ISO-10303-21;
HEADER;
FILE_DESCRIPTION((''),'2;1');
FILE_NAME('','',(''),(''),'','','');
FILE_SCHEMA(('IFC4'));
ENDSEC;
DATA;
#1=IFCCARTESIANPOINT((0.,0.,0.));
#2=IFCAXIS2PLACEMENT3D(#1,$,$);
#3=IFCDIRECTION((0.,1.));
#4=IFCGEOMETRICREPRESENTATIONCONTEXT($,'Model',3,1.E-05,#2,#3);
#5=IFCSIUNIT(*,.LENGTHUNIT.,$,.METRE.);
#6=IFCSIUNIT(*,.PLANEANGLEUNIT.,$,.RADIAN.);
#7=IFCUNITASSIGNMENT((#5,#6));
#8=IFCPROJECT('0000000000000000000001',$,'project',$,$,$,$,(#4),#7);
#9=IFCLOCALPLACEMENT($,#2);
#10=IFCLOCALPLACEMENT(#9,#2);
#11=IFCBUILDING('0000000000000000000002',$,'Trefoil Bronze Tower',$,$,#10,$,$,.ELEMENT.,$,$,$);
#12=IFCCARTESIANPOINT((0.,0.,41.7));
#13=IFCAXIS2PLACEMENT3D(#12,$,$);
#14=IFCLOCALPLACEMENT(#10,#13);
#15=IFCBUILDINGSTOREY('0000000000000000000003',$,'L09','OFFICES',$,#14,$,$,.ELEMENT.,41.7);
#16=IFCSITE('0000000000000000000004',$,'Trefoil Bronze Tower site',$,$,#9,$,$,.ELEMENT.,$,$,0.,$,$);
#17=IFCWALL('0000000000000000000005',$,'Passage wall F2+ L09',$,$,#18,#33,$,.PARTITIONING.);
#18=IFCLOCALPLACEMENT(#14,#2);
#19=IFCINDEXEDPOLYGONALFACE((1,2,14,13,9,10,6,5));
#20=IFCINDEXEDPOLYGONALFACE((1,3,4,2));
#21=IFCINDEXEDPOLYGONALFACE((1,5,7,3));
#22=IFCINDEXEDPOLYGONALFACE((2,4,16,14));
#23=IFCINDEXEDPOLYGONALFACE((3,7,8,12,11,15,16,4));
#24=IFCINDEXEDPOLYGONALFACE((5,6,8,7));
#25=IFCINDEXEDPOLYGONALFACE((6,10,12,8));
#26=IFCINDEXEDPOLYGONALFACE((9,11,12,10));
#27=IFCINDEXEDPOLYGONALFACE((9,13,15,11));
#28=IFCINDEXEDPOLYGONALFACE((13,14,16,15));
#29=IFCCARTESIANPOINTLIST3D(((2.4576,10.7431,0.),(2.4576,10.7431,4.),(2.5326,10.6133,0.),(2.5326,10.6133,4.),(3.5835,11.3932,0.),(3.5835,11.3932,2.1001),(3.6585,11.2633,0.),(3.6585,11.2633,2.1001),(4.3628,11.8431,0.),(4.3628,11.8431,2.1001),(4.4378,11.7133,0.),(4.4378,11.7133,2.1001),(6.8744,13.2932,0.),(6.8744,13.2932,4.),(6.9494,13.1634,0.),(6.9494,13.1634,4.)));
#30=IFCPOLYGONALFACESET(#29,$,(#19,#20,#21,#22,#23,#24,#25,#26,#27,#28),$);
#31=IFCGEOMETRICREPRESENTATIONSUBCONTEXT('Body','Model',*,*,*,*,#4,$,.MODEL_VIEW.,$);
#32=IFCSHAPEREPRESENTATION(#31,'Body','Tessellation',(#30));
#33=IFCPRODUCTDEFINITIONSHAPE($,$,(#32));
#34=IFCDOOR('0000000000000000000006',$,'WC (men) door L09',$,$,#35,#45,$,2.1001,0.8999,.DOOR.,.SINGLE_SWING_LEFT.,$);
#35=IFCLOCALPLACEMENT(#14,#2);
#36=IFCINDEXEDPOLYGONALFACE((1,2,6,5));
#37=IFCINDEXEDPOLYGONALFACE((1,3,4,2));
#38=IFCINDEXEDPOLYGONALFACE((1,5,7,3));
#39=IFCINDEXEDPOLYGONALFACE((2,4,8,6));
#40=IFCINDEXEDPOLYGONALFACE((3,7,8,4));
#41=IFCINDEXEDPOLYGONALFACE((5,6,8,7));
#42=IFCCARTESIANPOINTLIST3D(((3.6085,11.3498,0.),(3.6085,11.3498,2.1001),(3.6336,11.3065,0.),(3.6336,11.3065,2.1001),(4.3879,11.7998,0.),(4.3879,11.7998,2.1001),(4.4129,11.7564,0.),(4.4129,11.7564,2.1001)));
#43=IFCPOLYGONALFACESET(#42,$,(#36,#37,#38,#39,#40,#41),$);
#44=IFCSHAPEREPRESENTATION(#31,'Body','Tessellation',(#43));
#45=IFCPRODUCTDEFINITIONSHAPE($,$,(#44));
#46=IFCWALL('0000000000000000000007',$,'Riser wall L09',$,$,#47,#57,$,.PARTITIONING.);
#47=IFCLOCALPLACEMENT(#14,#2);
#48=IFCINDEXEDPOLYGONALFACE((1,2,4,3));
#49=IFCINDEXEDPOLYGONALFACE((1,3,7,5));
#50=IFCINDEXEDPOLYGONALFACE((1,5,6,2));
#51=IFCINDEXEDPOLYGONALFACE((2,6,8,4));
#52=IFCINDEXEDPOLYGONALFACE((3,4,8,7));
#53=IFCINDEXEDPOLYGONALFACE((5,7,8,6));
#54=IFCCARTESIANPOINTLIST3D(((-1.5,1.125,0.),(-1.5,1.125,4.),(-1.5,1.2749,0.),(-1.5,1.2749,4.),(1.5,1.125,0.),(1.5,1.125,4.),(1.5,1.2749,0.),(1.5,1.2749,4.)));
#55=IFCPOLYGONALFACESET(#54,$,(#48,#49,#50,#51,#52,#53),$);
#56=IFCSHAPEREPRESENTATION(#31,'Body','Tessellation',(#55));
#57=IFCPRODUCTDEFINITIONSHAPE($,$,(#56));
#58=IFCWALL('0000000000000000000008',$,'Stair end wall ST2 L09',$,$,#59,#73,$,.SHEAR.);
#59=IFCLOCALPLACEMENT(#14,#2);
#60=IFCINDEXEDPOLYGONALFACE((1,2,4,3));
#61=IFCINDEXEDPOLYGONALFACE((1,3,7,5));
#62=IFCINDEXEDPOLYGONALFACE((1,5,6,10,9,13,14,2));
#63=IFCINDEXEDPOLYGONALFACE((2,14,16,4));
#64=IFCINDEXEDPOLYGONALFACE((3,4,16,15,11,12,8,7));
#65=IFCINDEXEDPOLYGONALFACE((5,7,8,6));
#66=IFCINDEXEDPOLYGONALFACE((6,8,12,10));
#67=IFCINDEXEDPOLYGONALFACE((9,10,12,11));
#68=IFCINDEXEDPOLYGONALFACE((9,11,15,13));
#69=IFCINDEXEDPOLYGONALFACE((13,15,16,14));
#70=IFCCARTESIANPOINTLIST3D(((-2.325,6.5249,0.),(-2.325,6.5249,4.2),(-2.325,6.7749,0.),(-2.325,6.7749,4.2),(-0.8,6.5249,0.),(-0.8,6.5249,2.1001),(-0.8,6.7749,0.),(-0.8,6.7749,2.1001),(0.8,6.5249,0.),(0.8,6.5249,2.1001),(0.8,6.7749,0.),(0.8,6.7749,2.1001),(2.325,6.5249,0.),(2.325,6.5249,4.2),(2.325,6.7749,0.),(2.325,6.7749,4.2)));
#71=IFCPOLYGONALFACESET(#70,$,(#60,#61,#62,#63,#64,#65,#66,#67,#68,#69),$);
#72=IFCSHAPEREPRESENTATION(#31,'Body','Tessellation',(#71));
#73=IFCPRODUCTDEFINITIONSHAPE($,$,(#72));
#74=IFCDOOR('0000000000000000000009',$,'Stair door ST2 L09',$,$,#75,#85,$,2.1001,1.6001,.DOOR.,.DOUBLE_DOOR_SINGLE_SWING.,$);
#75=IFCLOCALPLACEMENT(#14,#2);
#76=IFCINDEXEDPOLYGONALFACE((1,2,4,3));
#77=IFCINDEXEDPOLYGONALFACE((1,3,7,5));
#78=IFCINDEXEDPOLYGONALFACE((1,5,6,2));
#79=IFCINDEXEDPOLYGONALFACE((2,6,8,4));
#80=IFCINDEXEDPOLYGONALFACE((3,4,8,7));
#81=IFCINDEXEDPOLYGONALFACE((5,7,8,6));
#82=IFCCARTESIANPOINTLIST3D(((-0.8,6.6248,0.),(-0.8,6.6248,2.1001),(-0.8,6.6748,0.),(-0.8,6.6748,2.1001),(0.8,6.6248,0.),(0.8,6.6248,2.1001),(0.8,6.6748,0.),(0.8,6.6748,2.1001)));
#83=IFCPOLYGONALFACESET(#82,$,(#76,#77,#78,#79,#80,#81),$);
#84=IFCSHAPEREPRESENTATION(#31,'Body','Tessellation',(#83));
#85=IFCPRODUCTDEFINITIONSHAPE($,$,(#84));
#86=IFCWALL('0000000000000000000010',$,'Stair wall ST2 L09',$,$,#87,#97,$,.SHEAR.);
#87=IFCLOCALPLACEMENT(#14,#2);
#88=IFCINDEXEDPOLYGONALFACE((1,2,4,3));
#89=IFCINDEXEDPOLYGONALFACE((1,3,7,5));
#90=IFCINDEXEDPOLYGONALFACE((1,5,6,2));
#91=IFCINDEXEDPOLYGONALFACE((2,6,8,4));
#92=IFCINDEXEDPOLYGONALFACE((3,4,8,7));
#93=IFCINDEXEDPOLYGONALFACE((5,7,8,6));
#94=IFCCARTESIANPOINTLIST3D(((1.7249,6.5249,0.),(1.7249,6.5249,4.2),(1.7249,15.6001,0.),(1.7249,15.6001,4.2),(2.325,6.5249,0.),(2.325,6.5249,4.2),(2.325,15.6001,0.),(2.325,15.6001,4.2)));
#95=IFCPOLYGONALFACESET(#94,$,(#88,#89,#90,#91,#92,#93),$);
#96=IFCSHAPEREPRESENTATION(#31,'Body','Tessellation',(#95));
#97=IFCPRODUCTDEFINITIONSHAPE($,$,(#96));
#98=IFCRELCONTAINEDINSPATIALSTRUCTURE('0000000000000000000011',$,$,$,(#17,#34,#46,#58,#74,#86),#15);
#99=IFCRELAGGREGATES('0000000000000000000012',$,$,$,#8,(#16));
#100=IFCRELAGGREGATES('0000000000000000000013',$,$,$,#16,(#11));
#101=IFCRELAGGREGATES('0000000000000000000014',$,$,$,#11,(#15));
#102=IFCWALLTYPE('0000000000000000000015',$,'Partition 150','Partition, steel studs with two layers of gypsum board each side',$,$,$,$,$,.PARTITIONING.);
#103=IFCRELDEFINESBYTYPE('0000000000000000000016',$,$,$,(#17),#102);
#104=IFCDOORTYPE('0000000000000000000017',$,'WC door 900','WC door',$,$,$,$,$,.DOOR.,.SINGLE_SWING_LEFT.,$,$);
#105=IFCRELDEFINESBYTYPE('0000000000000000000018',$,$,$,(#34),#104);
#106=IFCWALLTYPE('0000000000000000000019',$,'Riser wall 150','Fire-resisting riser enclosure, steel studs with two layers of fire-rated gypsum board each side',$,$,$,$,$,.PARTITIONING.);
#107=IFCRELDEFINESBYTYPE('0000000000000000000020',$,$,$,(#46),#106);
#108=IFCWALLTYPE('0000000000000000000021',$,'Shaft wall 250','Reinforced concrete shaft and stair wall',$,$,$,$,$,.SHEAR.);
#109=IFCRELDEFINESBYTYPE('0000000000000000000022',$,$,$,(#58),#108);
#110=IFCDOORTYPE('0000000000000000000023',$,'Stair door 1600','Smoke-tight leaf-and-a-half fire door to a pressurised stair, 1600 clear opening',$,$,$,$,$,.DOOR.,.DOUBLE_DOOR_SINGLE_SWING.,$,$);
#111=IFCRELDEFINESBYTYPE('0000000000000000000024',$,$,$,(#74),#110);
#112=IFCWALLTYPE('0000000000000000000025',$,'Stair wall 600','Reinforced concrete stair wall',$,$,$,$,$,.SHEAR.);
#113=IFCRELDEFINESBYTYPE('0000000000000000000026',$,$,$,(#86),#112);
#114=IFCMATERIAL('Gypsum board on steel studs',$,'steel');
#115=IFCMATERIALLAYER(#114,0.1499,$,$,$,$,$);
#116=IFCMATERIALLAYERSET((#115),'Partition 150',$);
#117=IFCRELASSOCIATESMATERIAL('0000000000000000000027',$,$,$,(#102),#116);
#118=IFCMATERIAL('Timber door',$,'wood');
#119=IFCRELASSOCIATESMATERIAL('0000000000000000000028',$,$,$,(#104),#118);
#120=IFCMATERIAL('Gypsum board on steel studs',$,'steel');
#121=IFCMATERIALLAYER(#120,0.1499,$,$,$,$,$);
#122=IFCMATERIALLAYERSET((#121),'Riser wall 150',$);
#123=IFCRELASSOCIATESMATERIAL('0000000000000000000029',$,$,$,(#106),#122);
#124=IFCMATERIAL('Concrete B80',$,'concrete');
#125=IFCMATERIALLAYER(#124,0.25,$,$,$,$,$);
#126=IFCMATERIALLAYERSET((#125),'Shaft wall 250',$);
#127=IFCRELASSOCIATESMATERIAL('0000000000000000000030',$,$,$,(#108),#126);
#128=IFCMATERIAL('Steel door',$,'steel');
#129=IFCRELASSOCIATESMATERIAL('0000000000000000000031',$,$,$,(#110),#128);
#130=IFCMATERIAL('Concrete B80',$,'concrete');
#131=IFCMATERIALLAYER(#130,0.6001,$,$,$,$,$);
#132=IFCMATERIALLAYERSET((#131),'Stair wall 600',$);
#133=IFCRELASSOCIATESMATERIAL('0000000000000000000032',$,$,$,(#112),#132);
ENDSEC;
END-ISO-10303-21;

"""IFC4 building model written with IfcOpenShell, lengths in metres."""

from ifc_helpers import new_model, si_unit, direction, frame, frame_2d, origin, place, context, subcontext, project, spatial, rectangle, extrude, material, layer, layer_set, type_object, element, fill, save


model = new_model("IFC4")

# Units and contexts
model_context = context("Model", 3, precision=1e-05, world=origin(), true_north=direction((0.0, 1.0)))
body_context = subcontext(model_context, "Body", "Model", "MODEL_VIEW")
ifc_project = project(units=[si_unit("LENGTHUNIT", "METRE"), si_unit("PLANEANGLEUNIT", "RADIAN")], contexts=[model_context])

# Site, building, storey
site_placement = place(None, origin())
site = spatial("IfcSite", under=ifc_project, at=site_placement, Name="Trefoil Bronze Tower site", CompositionType="ELEMENT", RefElevation=0.0)
building_placement = place(site_placement, origin())
building = spatial("IfcBuilding", under=site, at=building_placement, Name="Trefoil Bronze Tower", CompositionType="ELEMENT")
storey_placement = place(building_placement, frame((0.0, 0.0, 41.7)))
storey = spatial("IfcBuildingStorey", under=building, at=storey_placement, Name="L09", Description="OFFICES", CompositionType="ELEMENT", Elevation=41.7)

# Wall, opening, door
ifc_material_1 = material(Name="Gypsum board on steel studs", Category="steel")
ifc_layer_1 = layer(ifc_material_1, 0.1499)
ifc_layer_set_1 = layer_set([ifc_layer_1], Name="Partition 150")
wall_type_1 = type_object("IfcWallType", Name="Partition 150", Description="Partition, steel studs with two layers of gypsum board each side", PredefinedType="PARTITIONING", material=ifc_layer_set_1)
wall_1_placement = place(storey_placement, frame((2.4951, 10.6782, 0.0), z_axis=(0.0, 0.0, 1.0), x_axis=(0.866022, 0.500006, 0.0)))
wall_1 = element("IfcWall", 1, at=wall_1_placement, inside=storey, type_object=wall_type_1, Name="Passage wall F2+ L09", PredefinedType="PARTITIONING", context=body_context, shape_type="SweptSolid", body=[
    extrude(rectangle(XDim=5.1001, YDim=0.1499, at=frame_2d((2.55, 0.0))), origin(), (0.0, 0.0, 1.0), 4.0),
])
opening_1_placement = place(wall_1_placement, frame((1.3, 0.0, 0.0)))
opening_1 = element("IfcOpeningElement", 2, at=opening_1_placement, cuts=wall_1, PredefinedType="OPENING", context=body_context, shape_type="SweptSolid", body=[
    extrude(rectangle(XDim=0.8999, YDim=2.1001, at=frame_2d((0.45, 1.05))), frame((0.0, 0.085, 0.0), z_axis=(0.0, -1.0, 0.0), x_axis=(1.0, 0.0, 0.0)), (0.0, 0.0, 1.0), 0.1699),
])
ifc_material_2 = material(Name="Timber door", Category="wood")
door_type_1 = type_object("IfcDoorType", Name="WC door 900", Description="WC door", OperationType="SINGLE_SWING_LEFT", PredefinedType="DOOR", material=ifc_material_2)
door_1_placement = place(opening_1_placement, origin())
door_1 = element("IfcDoor", 3, at=door_1_placement, inside=storey, type_object=door_type_1, Name="WC (men) door L09", OperationType="SINGLE_SWING_LEFT", OverallHeight=2.1001, OverallWidth=0.8999, PredefinedType="DOOR", context=body_context, shape_type="SweptSolid", body=[
    extrude(rectangle(XDim=0.8999, YDim=2.1001, at=frame_2d((0.45, 1.05))), frame((0.0, 0.0249, 0.0), z_axis=(0.0, -1.0, 0.0), x_axis=(1.0, 0.0, 0.0)), (0.0, 0.0, 1.0), 0.05),
])
fill(opening_1, door_1)

# Wall
ifc_material_3 = material(Name="Gypsum board on steel studs", Category="steel")
ifc_layer_2 = layer(ifc_material_3, 0.1499)
ifc_layer_set_2 = layer_set([ifc_layer_2], Name="Riser wall 150")
wall_type_2 = type_object("IfcWallType", Name="Riser wall 150", Description="Fire-resisting riser enclosure, steel studs with two layers of fire-rated gypsum board each side", PredefinedType="PARTITIONING", material=ifc_layer_set_2)
wall_2_placement = place(storey_placement, frame((1.5, 1.2, 0.0), z_axis=(0.0, 0.0, 1.0), x_axis=(-1.0, 0.0, 0.0)))
element("IfcWall", 4, at=wall_2_placement, inside=storey, type_object=wall_type_2, Name="Riser wall L09", PredefinedType="PARTITIONING", context=body_context, shape_type="SweptSolid", body=[
    extrude(rectangle(XDim=3.0, YDim=0.1499, at=frame_2d((1.5, 0.0))), origin(), (0.0, 0.0, 1.0), 4.0),
])

# Wall, opening, door
ifc_material_4 = material(Name="Concrete B80", Category="concrete")
ifc_layer_3 = layer(ifc_material_4, 0.25)
ifc_layer_set_3 = layer_set([ifc_layer_3], Name="Shaft wall 250")
wall_type_3 = type_object("IfcWallType", Name="Shaft wall 250", Description="Reinforced concrete shaft and stair wall", PredefinedType="SHEAR", material=ifc_layer_set_3)
wall_3_placement = place(storey_placement, frame((2.325, 6.6499, 0.0), z_axis=(0.0, 0.0, 1.0), x_axis=(-1.0, 0.0, 0.0)))
wall_3 = element("IfcWall", 5, at=wall_3_placement, inside=storey, type_object=wall_type_3, Name="Stair end wall ST2 L09", PredefinedType="SHEAR", context=body_context, shape_type="SweptSolid", body=[
    extrude(rectangle(XDim=4.6499, YDim=0.25, at=frame_2d((2.325, 0.0))), origin(), (0.0, 0.0, 1.0), 4.2),
])
opening_2_placement = place(wall_3_placement, frame((1.5249, 0.0, 0.0)))
opening_2 = element("IfcOpeningElement", 6, at=opening_2_placement, cuts=wall_3, PredefinedType="OPENING", context=body_context, shape_type="SweptSolid", body=[
    extrude(rectangle(XDim=1.6001, YDim=2.1001, at=frame_2d((0.8, 1.05))), frame((0.0, 0.135, 0.0), z_axis=(0.0, -1.0, 0.0), x_axis=(1.0, 0.0, 0.0)), (0.0, 0.0, 1.0), 0.27),
])
ifc_material_5 = material(Name="Steel door", Category="steel")
door_type_2 = type_object("IfcDoorType", Name="Stair door 1600", Description="Smoke-tight leaf-and-a-half fire door to a pressurised stair, 1600 clear opening", OperationType="DOUBLE_DOOR_SINGLE_SWING", PredefinedType="DOOR", material=ifc_material_5)
door_2_placement = place(opening_2_placement, frame((1.6001, 0.0, 0.0), z_axis=(0.0, 0.0, 1.0), x_axis=(-1.0, 0.0, 0.0)))
door_2 = element("IfcDoor", 7, at=door_2_placement, inside=storey, type_object=door_type_2, Name="Stair door ST2 L09", OperationType="DOUBLE_DOOR_SINGLE_SWING", OverallHeight=2.1001, OverallWidth=1.6001, PredefinedType="DOOR", context=body_context, shape_type="SweptSolid", body=[
    extrude(rectangle(XDim=1.6001, YDim=2.1001, at=frame_2d((0.8, 1.05))), frame((0.0, 0.0249, 0.0), z_axis=(0.0, -1.0, 0.0), x_axis=(1.0, 0.0, 0.0)), (0.0, 0.0, 1.0), 0.05),
])
fill(opening_2, door_2)

# Wall
ifc_material_6 = material(Name="Concrete B80", Category="concrete")
ifc_layer_4 = layer(ifc_material_6, 0.6001)
ifc_layer_set_4 = layer_set([ifc_layer_4], Name="Stair wall 600")
wall_type_4 = type_object("IfcWallType", Name="Stair wall 600", Description="Reinforced concrete stair wall", PredefinedType="SHEAR", material=ifc_layer_set_4)
wall_4_placement = place(storey_placement, frame((2.0249, 6.5249, 0.0), z_axis=(0.0, 0.0, 1.0), x_axis=(0.0, 1.0, 0.0)))
element("IfcWall", 8, at=wall_4_placement, inside=storey, type_object=wall_type_4, Name="Stair wall ST2 L09", PredefinedType="SHEAR", context=body_context, shape_type="SweptSolid", body=[
    extrude(rectangle(XDim=9.0752, YDim=0.6001, at=frame_2d((4.5376, 0.0))), origin(), (0.0, 0.0, 1.0), 4.2),
])

save(model, "model.ifc")
